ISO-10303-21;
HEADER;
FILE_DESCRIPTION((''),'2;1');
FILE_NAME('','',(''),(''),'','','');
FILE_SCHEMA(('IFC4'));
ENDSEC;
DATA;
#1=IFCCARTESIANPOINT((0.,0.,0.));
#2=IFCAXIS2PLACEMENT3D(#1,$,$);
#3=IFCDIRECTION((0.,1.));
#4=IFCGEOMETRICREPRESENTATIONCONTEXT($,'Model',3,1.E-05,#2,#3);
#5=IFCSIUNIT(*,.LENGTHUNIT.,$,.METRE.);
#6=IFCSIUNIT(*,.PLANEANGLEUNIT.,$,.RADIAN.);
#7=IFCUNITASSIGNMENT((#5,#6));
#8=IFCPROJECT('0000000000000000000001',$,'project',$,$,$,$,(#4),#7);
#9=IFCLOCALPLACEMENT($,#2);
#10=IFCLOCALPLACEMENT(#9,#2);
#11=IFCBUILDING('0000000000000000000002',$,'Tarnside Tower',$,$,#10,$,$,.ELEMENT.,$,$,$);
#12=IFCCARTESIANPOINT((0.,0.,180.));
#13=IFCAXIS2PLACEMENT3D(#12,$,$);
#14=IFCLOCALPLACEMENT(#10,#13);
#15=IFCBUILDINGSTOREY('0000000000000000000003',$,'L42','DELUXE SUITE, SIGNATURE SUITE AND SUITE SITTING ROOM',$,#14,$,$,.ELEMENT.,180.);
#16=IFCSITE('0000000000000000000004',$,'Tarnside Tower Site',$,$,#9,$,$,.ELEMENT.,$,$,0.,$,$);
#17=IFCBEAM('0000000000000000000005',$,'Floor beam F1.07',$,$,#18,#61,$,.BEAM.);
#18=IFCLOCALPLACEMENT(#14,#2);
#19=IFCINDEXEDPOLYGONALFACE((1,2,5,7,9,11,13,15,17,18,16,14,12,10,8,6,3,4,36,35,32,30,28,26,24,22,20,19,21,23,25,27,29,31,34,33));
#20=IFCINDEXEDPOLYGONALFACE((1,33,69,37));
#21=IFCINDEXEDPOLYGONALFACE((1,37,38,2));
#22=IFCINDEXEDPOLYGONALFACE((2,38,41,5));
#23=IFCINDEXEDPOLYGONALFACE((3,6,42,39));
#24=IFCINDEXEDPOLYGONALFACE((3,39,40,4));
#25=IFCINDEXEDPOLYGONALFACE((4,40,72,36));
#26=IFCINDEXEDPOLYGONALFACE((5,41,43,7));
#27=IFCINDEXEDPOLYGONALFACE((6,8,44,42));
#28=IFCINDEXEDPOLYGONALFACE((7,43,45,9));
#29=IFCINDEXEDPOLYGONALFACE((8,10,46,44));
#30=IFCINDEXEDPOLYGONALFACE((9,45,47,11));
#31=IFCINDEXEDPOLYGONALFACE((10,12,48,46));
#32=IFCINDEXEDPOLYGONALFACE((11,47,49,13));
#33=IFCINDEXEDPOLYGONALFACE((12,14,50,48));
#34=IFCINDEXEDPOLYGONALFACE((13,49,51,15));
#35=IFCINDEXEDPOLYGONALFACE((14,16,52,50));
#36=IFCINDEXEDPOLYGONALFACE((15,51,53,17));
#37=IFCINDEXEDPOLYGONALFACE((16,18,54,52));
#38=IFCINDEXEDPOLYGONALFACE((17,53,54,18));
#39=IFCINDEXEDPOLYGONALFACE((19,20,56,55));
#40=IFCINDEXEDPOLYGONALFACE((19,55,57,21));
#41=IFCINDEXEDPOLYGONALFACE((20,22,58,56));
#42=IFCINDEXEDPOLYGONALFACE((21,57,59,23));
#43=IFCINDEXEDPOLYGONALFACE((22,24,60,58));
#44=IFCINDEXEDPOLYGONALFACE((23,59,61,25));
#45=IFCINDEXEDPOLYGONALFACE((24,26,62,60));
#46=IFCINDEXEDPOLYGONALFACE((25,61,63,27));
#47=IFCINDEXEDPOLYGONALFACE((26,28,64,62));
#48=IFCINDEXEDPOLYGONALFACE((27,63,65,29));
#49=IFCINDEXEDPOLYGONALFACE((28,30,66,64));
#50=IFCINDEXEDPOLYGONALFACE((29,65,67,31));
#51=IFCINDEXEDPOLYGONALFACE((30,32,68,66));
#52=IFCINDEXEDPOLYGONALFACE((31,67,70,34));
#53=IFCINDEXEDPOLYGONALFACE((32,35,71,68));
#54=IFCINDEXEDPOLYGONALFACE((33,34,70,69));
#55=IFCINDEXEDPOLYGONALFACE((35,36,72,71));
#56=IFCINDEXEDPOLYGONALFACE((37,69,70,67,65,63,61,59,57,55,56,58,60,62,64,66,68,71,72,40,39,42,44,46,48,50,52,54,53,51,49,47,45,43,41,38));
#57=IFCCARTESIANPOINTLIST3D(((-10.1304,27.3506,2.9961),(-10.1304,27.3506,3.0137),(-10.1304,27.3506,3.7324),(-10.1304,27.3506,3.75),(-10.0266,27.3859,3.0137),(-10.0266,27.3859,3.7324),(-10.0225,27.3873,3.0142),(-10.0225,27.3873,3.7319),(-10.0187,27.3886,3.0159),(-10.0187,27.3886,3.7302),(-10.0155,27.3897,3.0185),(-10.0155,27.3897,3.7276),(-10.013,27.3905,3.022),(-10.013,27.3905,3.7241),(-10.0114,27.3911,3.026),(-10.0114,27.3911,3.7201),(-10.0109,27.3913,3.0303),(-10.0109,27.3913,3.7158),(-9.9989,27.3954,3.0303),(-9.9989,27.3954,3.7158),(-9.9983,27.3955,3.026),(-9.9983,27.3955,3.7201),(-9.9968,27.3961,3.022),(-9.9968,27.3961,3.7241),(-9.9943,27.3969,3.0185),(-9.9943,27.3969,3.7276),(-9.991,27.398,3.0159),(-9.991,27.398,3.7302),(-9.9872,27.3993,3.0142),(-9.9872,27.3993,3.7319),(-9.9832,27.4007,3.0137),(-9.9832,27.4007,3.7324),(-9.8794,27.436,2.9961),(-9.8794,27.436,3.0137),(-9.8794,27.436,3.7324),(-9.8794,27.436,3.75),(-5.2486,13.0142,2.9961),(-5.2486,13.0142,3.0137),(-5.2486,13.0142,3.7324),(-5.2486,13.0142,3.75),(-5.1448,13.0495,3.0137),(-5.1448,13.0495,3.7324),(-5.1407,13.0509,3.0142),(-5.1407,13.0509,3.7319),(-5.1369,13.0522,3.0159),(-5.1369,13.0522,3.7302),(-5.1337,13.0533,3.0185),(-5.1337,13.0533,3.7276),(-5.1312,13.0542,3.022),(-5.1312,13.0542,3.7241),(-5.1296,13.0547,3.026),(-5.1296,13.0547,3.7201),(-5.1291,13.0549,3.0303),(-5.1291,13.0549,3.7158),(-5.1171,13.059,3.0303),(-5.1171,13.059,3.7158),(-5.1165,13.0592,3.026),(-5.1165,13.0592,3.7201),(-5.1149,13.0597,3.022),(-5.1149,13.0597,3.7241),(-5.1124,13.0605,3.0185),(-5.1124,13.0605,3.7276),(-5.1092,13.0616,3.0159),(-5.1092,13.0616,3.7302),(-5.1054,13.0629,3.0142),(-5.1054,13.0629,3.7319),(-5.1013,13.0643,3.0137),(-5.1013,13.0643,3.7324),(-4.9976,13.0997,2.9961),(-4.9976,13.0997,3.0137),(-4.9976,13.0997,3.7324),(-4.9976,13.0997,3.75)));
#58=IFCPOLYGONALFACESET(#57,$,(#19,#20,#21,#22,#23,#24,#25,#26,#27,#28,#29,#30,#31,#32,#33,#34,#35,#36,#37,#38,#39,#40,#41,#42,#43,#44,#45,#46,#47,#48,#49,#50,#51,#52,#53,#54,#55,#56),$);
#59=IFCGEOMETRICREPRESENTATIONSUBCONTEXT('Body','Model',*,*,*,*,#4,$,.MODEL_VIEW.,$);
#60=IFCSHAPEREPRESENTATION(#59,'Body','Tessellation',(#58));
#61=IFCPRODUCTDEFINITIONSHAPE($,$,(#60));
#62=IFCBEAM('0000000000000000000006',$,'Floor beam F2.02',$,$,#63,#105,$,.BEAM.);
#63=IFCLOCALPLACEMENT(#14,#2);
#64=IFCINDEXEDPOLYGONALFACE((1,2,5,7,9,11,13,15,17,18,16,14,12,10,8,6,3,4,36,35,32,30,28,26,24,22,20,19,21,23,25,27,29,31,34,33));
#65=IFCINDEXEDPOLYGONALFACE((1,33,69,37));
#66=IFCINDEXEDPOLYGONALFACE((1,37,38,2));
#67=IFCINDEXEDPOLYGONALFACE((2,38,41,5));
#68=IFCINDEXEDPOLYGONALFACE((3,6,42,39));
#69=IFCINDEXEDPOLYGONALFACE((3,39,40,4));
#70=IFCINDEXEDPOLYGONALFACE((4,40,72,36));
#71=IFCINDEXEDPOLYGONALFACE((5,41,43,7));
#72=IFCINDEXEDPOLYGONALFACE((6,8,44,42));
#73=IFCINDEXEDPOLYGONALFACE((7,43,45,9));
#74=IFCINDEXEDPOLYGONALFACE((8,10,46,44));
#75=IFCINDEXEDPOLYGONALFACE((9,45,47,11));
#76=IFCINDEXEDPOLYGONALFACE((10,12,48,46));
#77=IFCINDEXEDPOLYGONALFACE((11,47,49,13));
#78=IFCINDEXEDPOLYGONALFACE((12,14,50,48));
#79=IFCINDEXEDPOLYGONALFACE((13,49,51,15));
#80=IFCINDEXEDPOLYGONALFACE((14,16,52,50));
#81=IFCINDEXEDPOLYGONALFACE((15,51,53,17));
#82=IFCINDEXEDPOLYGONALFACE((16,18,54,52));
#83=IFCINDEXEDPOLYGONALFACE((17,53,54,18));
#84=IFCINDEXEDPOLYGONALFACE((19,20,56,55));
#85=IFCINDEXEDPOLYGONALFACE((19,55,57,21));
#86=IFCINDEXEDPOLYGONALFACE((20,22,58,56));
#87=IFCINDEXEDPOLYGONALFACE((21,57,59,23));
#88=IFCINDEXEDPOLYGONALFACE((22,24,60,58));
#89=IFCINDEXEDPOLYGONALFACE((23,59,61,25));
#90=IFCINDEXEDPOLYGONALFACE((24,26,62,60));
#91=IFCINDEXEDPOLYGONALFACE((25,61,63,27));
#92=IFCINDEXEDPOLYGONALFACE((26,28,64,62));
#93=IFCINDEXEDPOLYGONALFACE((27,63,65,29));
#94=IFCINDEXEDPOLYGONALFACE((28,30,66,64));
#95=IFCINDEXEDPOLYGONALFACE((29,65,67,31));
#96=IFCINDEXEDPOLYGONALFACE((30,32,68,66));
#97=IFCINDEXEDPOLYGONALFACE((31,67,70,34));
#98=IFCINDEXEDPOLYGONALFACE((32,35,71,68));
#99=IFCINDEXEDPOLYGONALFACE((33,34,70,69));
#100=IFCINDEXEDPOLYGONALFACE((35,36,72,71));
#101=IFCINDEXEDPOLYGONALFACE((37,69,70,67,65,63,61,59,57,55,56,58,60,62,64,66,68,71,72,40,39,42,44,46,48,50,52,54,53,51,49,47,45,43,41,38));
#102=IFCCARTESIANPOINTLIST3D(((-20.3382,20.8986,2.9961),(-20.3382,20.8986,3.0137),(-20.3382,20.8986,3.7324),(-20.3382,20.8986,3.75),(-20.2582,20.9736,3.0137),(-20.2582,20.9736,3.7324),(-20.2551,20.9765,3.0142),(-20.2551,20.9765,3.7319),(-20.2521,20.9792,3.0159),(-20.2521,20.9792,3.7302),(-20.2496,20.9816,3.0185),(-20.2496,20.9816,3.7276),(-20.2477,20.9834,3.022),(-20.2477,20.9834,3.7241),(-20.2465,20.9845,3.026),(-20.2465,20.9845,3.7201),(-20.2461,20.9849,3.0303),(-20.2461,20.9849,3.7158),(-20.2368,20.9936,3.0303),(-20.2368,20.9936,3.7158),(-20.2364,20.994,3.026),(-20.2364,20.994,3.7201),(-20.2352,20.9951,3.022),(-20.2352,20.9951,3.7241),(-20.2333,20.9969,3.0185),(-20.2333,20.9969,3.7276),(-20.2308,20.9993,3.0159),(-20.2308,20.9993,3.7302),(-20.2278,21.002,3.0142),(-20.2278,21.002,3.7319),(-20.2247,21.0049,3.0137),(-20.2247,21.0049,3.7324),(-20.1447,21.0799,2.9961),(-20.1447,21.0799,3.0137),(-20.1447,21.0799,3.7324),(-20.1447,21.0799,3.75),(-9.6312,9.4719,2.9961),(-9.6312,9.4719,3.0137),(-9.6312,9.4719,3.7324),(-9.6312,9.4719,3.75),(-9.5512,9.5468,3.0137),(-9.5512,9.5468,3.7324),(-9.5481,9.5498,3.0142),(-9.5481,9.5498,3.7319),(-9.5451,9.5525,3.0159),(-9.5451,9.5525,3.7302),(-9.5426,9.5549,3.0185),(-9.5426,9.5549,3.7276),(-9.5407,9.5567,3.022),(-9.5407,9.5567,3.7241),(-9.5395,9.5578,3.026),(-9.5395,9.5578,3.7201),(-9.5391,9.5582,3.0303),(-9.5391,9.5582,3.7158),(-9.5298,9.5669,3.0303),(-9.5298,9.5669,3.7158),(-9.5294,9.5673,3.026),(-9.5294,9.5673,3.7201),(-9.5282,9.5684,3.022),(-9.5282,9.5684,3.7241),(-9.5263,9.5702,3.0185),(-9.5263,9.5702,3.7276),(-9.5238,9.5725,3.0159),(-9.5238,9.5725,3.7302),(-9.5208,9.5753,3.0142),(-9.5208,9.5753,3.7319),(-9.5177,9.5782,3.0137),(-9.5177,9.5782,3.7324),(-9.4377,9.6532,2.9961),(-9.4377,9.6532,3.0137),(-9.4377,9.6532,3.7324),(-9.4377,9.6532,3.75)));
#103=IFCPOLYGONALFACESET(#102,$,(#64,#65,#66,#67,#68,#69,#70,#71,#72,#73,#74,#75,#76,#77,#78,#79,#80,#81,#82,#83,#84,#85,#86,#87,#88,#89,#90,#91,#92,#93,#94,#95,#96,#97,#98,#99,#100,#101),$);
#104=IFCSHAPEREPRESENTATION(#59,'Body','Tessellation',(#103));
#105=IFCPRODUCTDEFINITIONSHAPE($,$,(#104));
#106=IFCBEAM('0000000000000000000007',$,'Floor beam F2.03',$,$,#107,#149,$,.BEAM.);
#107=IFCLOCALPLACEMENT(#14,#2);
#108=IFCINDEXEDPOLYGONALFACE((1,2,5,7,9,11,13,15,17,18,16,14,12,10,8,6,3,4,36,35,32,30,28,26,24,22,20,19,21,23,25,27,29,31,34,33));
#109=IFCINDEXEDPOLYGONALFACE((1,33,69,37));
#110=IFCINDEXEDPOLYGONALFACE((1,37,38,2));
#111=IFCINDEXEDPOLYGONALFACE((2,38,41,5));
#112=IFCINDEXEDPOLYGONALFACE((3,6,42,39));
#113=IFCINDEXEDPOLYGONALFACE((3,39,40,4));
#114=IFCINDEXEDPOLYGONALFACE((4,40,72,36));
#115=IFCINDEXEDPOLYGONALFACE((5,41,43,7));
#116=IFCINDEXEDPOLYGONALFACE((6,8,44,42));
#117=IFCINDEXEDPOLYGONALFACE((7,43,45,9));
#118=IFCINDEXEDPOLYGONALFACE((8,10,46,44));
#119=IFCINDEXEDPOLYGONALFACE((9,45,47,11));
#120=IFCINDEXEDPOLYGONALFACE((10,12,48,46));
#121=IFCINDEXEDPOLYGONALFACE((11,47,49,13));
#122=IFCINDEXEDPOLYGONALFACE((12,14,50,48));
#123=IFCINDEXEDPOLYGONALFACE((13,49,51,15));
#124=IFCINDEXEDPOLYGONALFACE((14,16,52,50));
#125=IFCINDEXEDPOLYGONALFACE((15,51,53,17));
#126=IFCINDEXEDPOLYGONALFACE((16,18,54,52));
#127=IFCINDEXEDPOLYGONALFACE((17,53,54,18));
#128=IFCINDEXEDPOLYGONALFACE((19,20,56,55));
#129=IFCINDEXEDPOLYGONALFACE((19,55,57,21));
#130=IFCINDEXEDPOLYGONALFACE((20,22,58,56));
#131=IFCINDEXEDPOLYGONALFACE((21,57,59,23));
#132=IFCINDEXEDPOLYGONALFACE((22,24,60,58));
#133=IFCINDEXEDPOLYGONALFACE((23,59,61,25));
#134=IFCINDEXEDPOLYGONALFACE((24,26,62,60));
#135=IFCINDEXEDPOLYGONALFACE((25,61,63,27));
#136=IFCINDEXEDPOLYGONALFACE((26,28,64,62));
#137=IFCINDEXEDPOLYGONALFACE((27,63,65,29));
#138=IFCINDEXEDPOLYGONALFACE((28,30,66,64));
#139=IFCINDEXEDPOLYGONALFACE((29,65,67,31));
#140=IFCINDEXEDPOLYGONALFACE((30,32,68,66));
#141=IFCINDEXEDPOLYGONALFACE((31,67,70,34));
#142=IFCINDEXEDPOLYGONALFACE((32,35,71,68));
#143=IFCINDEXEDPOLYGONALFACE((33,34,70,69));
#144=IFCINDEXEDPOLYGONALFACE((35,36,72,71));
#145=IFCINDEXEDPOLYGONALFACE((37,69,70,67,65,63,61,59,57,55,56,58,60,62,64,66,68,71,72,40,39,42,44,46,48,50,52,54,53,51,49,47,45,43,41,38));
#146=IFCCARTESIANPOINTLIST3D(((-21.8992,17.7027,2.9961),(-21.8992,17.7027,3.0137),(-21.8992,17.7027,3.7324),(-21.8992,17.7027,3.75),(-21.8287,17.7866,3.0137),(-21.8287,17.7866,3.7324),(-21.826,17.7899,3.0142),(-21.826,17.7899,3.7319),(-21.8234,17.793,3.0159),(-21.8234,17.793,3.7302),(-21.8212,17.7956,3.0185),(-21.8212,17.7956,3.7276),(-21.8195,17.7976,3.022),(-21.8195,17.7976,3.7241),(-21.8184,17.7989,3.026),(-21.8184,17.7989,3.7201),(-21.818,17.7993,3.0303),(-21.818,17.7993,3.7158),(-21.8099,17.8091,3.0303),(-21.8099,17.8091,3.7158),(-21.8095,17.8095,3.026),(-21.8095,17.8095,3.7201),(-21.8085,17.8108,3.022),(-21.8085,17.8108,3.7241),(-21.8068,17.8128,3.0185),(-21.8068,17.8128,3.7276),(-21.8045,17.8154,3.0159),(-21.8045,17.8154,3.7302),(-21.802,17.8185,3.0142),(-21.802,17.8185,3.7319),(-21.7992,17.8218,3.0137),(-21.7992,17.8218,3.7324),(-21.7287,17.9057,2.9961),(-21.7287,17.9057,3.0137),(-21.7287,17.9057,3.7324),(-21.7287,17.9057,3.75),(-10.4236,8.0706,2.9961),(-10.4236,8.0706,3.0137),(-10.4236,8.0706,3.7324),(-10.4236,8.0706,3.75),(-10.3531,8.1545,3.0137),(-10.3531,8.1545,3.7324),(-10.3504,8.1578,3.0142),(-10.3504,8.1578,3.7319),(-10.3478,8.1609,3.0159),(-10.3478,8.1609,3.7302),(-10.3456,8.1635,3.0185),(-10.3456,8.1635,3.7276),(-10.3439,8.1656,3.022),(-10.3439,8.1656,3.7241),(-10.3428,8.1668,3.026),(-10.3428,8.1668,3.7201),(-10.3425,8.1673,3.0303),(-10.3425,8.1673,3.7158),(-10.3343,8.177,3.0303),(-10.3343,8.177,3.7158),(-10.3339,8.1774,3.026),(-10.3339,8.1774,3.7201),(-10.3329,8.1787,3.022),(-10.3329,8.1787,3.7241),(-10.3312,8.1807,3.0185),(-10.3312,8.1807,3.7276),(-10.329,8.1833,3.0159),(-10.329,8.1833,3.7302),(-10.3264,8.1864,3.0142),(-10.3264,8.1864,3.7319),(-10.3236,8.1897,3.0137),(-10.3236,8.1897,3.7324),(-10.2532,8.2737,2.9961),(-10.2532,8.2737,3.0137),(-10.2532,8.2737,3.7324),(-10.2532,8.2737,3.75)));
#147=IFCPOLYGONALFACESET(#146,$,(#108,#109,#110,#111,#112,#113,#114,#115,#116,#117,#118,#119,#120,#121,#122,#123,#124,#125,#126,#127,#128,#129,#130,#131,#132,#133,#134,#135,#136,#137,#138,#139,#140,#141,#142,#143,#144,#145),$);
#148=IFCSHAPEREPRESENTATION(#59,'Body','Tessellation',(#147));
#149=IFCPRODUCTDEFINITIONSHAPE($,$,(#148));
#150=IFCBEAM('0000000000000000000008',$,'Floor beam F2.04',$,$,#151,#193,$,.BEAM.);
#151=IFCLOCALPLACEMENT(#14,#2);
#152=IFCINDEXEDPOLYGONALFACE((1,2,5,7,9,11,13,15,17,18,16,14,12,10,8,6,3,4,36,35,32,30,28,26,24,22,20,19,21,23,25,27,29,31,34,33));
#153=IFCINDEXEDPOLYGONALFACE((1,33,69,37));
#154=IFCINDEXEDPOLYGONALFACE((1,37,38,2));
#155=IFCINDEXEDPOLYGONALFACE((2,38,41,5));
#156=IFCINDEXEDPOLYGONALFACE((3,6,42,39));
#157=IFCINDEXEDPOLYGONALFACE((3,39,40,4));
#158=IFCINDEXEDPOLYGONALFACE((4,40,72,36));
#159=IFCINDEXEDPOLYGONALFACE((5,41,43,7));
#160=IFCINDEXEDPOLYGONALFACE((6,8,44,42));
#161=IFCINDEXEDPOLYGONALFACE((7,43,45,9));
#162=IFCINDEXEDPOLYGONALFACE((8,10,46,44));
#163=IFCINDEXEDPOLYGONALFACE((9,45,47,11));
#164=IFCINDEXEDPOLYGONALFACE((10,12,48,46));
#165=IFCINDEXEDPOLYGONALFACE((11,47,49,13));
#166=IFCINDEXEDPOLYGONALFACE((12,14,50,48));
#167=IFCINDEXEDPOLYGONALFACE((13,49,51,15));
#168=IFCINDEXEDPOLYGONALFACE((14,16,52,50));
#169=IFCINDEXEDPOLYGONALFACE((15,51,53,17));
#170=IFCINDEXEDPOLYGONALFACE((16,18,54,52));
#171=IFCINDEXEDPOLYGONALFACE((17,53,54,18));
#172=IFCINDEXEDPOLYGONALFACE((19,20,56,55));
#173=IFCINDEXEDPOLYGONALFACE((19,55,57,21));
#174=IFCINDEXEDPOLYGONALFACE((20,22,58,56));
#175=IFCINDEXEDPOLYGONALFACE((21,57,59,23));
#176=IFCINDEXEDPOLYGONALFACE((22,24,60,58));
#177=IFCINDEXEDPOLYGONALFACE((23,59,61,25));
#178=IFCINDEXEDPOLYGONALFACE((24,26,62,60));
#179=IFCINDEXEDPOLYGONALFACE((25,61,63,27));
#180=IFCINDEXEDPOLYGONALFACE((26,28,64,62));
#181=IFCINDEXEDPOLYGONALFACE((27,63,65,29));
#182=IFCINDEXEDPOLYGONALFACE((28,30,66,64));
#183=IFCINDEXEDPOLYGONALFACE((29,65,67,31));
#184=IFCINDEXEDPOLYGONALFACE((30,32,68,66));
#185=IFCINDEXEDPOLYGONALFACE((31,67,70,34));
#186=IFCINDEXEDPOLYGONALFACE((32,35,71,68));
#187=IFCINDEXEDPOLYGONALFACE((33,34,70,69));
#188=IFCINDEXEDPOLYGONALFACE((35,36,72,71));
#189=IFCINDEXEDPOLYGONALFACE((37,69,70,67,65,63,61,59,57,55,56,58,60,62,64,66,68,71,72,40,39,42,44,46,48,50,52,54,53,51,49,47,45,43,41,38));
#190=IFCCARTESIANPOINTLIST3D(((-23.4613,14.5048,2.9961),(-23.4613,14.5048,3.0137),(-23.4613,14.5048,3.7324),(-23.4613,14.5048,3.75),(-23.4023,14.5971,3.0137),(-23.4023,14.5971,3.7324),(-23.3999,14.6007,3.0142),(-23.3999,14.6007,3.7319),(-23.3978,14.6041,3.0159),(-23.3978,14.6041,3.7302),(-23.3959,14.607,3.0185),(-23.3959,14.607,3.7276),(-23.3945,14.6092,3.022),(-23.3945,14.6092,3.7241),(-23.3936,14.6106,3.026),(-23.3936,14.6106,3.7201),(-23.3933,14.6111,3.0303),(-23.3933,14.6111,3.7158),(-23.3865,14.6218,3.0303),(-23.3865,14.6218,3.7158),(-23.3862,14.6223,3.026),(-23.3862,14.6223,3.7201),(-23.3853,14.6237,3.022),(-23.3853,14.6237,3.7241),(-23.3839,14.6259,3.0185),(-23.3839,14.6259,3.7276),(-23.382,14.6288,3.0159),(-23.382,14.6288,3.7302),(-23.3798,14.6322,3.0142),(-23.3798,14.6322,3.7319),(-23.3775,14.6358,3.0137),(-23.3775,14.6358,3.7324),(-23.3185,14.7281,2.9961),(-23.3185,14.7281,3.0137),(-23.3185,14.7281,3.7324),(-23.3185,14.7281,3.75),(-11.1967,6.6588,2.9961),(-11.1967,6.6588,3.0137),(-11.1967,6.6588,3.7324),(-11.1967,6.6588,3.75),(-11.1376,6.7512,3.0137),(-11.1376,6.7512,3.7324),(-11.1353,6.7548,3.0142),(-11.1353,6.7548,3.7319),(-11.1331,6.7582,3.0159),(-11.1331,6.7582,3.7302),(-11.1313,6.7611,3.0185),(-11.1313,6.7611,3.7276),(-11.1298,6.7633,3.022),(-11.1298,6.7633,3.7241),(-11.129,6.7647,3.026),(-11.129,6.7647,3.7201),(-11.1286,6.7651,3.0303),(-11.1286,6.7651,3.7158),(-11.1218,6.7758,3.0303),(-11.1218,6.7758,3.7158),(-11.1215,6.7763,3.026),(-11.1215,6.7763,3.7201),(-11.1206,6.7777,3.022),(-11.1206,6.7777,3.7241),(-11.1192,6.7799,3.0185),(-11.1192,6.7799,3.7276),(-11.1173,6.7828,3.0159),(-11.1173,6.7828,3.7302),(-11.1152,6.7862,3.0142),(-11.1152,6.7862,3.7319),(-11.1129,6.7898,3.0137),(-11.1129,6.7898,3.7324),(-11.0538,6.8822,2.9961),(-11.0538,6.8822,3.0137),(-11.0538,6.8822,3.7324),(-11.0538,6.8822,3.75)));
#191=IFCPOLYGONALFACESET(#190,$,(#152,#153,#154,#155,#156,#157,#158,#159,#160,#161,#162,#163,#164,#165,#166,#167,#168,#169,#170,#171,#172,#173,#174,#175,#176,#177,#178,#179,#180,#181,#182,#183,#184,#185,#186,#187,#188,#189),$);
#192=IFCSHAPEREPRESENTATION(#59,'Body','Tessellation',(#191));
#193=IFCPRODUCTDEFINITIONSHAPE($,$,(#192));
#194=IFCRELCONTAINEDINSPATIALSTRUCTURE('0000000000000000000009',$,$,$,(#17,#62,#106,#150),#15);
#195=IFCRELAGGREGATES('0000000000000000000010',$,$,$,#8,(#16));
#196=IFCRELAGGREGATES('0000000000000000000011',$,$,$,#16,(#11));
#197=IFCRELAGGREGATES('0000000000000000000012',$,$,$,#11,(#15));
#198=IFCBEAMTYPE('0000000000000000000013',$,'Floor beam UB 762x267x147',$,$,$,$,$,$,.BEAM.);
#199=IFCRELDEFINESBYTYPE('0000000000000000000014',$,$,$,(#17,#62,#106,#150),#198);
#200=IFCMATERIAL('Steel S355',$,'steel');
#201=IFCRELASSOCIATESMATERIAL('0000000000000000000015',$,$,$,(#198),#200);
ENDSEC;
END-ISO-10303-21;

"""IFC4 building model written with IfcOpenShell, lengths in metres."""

from ifc_helpers import new_model, si_unit, direction, frame, origin, origin_2d, place, context, subcontext, project, spatial, i_section, extrude, material, material_profile, profile_set, type_object, element, save


model = new_model("IFC4")

# Units and contexts
model_context = context("Model", 3, precision=1e-05, world=origin(), true_north=direction((0.0, 1.0)))
body_context = subcontext(model_context, "Body", "Model", "MODEL_VIEW")
ifc_project = project(units=[si_unit("LENGTHUNIT", "METRE"), si_unit("PLANEANGLEUNIT", "RADIAN")], contexts=[model_context])

# Site, building, storey
site_placement = place(None, origin())
site = spatial("IfcSite", under=ifc_project, at=site_placement, Name="Tarnside Tower Site", CompositionType="ELEMENT", RefElevation=0.0)
building_placement = place(site_placement, origin())
building = spatial("IfcBuilding", under=site, at=building_placement, Name="Tarnside Tower", CompositionType="ELEMENT")
storey_placement = place(building_placement, frame((0.0, 0.0, 180.0)))
storey = spatial("IfcBuildingStorey", under=building, at=storey_placement, Name="L42", Description="DELUXE SUITE, SIGNATURE SUITE AND SUITE SITTING ROOM", CompositionType="ELEMENT", Elevation=180.0)

# Beams
ifc_material_1 = material(Name="Steel S355", Category="steel")
ifc_material_profile_1 = material_profile(ifc_material_1, i_section(OverallWidth=0.2651, OverallDepth=0.7539, WebThickness=0.0127, FlangeThickness=0.0176, FilletRadius=0.0166, at=origin_2d()), Name="UB 762x267x147")
ifc_profile_set_1 = profile_set([ifc_material_profile_1], Name="Steel S355")
beam_type_1 = type_object("IfcBeamType", Name="Floor beam UB 762x267x147", PredefinedType="BEAM", material=ifc_profile_set_1)
beam_1_placement = place(storey_placement, frame((-10.0049, 27.3933, 3.373), z_axis=(0.322344, -0.946623, 0.0), x_axis=(0.946623, 0.322344, 0.0)))
element("IfcBeam", 1, at=beam_1_placement, inside=storey, type_object=beam_type_1, Name="Floor beam F1.07", PredefinedType="BEAM", context=body_context, shape_type="SweptSolid", body=[
    extrude(i_section(OverallWidth=0.2651, OverallDepth=0.7539, WebThickness=0.0127, FlangeThickness=0.0176, FilletRadius=0.0166, at=origin_2d()), origin(), (0.0, 0.0, 1.0), 15.1448),
])
beam_2_placement = place(storey_placement, frame((-20.2415, 20.9893, 3.373), z_axis=(0.683752, -0.729714, 0.0), x_axis=(0.729714, 0.683752, 0.0)))
element("IfcBeam", 2, at=beam_2_placement, inside=storey, type_object=beam_type_1, Name="Floor beam F2.02", PredefinedType="BEAM", context=body_context, shape_type="SweptSolid", body=[
    extrude(i_section(OverallWidth=0.2651, OverallDepth=0.7539, WebThickness=0.0127, FlangeThickness=0.0176, FilletRadius=0.0166, at=origin_2d()), origin(), (0.0, 0.0, 1.0), 15.6592),
])
beam_3_placement = place(storey_placement, frame((-21.814, 17.8042, 3.373), z_axis=(0.765948, -0.642902, 0.0), x_axis=(0.642902, 0.765948, 0.0)))
element("IfcBeam", 3, at=beam_3_placement, inside=storey, type_object=beam_type_1, Name="Floor beam F2.03", PredefinedType="BEAM", context=body_context, shape_type="SweptSolid", body=[
    extrude(i_section(OverallWidth=0.2651, OverallDepth=0.7539, WebThickness=0.0127, FlangeThickness=0.0176, FilletRadius=0.0166, at=origin_2d()), origin(), (0.0, 0.0, 1.0), 14.9822),
])
beam_4_placement = place(storey_placement, frame((-23.3899, 14.6165, 3.373), z_axis=(0.842378, -0.538887, 0.0), x_axis=(0.538887, 0.842378, 0.0)))
element("IfcBeam", 4, at=beam_4_placement, inside=storey, type_object=beam_type_1, Name="Floor beam F2.04", PredefinedType="BEAM", context=body_context, shape_type="SweptSolid", body=[
    extrude(i_section(OverallWidth=0.2651, OverallDepth=0.7539, WebThickness=0.0127, FlangeThickness=0.0176, FilletRadius=0.0166, at=origin_2d()), origin(), (0.0, 0.0, 1.0), 14.5596),
])

save(model, "model.ifc")
